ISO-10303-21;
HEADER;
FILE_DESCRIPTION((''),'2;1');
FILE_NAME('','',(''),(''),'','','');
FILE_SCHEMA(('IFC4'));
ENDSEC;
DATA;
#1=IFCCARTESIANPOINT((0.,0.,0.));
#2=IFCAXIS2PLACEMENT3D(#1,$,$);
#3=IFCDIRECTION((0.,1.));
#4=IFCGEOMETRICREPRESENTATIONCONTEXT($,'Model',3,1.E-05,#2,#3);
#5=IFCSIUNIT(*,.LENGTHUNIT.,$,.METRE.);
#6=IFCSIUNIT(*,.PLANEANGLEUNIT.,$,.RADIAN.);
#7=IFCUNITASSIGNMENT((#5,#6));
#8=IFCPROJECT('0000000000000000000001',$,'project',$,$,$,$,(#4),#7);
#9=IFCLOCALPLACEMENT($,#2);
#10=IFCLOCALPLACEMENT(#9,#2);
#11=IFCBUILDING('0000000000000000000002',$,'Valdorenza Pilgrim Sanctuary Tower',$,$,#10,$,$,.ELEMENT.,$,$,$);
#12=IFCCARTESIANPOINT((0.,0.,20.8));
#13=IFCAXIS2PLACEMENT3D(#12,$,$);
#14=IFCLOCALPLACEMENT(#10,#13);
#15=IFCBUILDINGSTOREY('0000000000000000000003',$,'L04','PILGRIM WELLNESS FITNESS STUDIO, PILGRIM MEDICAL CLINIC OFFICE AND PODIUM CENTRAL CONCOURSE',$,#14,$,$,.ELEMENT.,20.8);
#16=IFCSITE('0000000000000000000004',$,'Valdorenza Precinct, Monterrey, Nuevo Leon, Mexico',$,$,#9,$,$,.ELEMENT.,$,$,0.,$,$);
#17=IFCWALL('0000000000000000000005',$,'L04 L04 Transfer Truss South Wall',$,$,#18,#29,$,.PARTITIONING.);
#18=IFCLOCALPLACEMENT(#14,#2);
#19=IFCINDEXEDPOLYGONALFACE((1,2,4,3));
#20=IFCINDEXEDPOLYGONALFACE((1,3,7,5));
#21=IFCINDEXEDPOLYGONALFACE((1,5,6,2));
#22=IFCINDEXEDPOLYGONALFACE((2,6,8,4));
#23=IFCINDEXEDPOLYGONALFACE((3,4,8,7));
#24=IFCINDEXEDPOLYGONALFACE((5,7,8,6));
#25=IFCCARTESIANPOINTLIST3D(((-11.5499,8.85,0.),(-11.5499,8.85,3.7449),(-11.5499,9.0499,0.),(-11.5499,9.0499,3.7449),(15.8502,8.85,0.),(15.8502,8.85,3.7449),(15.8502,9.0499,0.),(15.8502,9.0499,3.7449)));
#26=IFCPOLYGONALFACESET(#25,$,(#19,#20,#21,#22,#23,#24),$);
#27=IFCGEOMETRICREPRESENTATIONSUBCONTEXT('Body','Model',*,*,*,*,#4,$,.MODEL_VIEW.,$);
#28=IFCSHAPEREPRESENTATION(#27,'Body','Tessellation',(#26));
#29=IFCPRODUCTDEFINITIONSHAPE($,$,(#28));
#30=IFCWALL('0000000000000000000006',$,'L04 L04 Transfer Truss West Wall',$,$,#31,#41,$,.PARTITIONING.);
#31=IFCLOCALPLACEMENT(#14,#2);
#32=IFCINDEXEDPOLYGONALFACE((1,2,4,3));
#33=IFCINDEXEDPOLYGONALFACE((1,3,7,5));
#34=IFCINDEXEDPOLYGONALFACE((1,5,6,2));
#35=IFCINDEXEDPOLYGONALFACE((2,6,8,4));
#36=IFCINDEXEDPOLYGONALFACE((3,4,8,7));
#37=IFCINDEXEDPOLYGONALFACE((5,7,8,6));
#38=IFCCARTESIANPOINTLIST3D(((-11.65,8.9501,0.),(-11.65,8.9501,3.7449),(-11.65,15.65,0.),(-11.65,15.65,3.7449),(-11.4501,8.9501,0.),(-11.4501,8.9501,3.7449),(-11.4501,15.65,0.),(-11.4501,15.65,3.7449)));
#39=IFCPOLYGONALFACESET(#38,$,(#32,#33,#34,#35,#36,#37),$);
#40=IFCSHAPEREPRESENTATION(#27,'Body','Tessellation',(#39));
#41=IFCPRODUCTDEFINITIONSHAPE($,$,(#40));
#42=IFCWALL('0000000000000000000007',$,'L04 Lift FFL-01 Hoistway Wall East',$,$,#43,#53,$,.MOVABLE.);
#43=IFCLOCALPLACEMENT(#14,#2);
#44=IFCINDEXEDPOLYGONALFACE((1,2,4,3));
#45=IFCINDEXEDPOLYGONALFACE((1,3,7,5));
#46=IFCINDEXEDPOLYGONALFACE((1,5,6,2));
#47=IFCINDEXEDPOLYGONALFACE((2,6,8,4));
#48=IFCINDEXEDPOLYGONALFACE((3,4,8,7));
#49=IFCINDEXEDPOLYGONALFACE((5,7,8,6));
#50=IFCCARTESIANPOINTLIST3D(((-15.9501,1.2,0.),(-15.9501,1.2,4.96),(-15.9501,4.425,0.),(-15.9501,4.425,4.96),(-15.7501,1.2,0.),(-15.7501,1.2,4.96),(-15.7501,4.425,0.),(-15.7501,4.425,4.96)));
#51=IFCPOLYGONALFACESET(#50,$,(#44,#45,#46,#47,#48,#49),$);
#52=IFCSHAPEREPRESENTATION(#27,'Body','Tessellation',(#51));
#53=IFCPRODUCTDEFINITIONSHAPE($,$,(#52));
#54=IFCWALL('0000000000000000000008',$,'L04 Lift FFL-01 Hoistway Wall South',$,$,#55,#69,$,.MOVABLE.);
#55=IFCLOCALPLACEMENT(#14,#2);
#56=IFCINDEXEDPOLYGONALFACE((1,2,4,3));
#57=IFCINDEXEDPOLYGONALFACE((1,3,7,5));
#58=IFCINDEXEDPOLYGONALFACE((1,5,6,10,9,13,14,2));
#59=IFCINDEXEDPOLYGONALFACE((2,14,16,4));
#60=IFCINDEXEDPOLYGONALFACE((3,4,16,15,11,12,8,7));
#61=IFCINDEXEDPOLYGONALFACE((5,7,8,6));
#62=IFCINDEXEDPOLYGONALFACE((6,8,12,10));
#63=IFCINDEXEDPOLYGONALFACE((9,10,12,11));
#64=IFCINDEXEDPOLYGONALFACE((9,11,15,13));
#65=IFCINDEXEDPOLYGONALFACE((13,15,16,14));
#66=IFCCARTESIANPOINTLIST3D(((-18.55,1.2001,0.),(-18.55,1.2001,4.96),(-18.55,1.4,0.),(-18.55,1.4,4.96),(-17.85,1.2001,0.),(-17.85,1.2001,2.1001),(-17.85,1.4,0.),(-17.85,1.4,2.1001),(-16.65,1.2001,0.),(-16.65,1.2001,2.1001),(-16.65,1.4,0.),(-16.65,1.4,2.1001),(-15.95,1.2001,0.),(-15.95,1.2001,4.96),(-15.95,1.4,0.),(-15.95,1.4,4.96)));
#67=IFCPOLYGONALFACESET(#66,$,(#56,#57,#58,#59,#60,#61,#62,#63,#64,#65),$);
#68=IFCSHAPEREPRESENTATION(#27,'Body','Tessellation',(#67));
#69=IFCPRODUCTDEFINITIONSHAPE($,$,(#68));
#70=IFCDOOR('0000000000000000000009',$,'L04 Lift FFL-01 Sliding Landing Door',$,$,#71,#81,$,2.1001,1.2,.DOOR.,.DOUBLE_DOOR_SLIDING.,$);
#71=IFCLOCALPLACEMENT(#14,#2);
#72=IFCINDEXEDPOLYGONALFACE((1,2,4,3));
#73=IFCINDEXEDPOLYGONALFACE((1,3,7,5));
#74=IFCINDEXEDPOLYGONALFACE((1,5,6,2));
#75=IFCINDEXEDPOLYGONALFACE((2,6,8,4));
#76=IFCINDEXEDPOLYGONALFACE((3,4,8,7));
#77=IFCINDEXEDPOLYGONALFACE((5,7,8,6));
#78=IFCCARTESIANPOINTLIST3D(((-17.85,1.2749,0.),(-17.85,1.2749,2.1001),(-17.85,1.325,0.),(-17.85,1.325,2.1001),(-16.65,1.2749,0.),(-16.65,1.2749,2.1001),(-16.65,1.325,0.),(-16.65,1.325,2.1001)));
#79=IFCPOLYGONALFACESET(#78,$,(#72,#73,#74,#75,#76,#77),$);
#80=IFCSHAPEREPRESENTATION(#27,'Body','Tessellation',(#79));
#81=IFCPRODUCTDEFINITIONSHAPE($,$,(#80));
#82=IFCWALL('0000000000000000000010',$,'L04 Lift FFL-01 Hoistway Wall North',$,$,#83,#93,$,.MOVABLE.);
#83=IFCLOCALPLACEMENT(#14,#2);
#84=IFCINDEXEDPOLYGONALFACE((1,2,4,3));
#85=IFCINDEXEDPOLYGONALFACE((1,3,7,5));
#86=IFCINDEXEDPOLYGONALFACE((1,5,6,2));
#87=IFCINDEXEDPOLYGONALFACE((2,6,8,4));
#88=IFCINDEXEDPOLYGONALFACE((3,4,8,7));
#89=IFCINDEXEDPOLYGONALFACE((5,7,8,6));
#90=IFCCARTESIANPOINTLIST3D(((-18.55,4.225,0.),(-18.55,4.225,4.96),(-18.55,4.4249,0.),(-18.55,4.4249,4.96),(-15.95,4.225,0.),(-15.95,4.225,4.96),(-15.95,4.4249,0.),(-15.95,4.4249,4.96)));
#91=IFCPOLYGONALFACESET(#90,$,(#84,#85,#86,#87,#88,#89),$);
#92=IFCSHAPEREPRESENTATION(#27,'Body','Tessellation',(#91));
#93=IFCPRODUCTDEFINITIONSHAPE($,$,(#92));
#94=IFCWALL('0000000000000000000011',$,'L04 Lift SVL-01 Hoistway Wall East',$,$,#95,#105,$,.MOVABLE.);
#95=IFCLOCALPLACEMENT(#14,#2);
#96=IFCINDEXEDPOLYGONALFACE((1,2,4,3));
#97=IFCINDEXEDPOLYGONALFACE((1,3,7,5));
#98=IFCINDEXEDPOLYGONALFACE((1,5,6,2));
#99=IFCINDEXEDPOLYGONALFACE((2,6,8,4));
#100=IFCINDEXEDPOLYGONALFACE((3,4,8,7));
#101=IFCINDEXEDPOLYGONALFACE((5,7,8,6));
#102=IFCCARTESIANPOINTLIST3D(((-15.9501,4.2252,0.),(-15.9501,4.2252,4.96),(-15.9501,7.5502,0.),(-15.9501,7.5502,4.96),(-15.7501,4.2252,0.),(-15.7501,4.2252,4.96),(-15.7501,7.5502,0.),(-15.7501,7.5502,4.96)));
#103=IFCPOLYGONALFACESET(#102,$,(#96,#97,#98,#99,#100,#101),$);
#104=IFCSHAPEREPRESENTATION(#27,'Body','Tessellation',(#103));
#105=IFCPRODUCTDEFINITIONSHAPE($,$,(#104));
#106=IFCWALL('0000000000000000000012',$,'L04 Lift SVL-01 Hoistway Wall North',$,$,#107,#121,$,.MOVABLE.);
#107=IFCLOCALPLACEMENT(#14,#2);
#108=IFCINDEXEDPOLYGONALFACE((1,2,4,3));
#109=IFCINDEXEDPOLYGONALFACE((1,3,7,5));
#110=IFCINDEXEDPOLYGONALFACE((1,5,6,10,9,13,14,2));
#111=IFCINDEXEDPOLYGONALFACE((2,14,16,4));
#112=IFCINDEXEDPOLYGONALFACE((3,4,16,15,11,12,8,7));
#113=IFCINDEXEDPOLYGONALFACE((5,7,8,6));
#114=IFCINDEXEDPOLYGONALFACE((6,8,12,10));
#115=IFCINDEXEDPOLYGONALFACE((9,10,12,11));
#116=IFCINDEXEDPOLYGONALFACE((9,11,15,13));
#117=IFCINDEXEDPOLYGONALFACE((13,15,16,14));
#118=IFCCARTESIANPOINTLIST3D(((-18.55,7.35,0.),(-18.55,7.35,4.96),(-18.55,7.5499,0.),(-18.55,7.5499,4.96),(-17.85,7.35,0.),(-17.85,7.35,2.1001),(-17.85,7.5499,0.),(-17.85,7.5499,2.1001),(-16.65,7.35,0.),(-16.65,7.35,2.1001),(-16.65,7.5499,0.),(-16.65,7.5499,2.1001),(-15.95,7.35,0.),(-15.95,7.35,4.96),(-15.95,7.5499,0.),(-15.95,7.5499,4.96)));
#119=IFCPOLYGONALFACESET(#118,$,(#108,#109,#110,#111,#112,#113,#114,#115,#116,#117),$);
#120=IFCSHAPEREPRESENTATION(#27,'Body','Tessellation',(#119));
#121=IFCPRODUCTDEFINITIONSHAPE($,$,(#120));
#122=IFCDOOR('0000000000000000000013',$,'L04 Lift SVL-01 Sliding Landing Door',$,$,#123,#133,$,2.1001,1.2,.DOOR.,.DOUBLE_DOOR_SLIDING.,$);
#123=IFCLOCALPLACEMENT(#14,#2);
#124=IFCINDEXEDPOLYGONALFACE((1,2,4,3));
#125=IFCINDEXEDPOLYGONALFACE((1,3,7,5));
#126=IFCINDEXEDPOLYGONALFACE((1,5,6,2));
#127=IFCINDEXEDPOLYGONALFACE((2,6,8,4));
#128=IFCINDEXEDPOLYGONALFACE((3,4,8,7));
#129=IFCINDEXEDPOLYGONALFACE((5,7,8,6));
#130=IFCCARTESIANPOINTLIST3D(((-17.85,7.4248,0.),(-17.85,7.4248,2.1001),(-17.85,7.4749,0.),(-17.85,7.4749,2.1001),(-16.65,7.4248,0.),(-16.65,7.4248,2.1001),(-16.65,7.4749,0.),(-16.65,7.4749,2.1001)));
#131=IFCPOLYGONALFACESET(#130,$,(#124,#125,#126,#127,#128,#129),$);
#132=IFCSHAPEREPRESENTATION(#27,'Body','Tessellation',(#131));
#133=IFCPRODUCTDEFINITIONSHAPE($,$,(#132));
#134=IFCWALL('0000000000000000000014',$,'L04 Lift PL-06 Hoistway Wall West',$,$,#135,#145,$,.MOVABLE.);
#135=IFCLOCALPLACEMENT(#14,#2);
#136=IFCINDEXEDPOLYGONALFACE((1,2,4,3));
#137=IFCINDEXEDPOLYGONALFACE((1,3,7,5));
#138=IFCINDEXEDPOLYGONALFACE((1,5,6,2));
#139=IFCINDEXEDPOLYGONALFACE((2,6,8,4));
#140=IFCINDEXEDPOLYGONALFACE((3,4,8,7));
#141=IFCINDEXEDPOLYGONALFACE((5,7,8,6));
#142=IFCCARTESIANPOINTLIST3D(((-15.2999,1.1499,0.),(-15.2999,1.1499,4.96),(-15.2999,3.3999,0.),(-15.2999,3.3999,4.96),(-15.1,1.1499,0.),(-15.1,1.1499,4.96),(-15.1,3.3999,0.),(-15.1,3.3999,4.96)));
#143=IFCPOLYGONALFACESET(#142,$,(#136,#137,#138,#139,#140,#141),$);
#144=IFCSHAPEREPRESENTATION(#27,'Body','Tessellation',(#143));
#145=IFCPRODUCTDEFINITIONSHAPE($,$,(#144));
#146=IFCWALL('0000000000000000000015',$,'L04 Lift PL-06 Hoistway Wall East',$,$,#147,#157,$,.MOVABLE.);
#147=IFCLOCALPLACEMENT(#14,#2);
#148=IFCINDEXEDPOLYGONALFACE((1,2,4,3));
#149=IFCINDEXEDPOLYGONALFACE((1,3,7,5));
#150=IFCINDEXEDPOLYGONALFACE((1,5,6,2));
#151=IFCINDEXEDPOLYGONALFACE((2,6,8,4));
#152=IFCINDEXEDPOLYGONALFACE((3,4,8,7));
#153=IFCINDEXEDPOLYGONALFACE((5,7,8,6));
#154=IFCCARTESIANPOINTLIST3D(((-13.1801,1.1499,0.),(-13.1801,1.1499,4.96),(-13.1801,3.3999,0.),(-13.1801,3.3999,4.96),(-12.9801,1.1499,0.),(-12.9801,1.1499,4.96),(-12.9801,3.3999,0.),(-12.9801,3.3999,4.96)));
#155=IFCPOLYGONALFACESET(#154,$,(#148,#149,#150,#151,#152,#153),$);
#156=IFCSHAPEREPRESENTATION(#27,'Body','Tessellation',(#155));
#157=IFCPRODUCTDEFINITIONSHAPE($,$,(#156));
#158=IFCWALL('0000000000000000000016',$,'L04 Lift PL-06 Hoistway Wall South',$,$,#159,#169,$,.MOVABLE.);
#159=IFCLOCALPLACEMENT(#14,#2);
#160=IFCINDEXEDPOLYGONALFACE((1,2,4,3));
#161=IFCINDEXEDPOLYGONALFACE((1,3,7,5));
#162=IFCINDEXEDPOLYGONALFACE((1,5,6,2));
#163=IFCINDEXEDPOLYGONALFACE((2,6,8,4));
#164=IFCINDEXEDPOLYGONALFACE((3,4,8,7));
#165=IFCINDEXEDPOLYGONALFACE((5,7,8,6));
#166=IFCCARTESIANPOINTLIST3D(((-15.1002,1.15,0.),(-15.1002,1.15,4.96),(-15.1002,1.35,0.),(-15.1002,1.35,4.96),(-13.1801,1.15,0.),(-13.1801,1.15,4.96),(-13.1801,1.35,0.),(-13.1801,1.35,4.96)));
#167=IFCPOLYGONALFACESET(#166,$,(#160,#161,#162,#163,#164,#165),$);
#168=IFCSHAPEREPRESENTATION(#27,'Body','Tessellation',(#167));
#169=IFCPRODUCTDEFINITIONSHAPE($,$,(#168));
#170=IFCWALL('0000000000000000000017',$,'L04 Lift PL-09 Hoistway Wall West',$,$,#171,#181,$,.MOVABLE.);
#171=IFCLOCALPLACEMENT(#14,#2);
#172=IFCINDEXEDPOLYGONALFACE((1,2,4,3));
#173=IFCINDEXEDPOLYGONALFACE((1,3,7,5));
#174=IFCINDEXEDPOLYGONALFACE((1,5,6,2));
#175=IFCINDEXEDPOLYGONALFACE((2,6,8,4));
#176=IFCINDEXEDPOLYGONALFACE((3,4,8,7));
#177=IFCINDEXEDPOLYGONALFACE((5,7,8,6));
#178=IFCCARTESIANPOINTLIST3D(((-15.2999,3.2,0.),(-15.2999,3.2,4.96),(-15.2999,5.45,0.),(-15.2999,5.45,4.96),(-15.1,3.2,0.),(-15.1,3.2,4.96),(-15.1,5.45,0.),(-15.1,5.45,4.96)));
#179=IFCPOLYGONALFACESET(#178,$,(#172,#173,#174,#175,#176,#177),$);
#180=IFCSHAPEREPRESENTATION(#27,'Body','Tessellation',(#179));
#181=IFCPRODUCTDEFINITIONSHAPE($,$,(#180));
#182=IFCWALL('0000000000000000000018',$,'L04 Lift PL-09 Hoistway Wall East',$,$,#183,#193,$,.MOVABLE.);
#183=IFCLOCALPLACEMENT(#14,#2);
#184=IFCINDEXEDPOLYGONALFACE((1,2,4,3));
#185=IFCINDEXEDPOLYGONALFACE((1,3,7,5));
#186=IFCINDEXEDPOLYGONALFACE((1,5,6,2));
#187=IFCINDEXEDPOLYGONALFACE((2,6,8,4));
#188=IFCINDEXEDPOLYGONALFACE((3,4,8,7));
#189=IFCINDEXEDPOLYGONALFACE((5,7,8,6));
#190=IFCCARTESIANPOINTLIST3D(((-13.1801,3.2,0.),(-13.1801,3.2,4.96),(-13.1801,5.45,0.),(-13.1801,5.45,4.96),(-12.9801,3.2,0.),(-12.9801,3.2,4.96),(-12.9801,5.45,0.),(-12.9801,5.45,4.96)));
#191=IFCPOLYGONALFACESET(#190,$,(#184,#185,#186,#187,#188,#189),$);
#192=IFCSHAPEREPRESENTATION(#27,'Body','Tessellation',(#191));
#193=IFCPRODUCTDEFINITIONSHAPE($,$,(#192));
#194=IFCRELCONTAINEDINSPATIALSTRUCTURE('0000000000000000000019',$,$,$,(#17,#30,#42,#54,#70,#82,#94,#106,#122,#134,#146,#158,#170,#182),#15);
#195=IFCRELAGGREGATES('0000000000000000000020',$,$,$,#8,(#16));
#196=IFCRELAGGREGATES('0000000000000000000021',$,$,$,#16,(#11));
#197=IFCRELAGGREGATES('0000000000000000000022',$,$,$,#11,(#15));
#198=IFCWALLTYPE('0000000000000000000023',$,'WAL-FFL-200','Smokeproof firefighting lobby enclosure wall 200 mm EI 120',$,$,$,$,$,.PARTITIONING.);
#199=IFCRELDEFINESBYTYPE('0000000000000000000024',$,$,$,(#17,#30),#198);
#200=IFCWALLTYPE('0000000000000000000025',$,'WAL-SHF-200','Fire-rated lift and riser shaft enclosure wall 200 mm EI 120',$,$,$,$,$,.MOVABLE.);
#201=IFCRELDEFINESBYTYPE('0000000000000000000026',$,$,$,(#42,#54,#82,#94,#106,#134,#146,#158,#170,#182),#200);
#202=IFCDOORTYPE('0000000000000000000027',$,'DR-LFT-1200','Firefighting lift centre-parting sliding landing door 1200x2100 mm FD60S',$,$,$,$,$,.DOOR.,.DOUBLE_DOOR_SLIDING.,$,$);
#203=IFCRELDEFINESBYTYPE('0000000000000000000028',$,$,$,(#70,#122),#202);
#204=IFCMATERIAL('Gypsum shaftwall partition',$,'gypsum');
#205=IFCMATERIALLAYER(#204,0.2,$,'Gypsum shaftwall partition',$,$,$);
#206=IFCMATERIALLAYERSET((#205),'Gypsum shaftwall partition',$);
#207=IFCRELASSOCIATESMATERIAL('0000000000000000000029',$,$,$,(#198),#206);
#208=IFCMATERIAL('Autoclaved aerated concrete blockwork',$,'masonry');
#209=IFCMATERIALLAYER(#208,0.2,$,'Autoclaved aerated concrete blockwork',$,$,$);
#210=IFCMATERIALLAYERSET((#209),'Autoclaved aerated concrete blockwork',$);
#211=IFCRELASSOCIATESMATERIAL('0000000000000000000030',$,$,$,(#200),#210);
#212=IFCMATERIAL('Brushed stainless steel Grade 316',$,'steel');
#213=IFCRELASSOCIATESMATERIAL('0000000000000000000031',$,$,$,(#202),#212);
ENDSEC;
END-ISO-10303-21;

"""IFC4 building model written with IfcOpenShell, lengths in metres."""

from ifc_helpers import new_model, si_unit, direction, frame, frame_2d, origin, place, context, subcontext, project, spatial, rectangle, extrude, material, layer, layer_set, type_object, element, fill, save


model = new_model("IFC4")

# Units and contexts
model_context = context("Model", 3, precision=1e-05, world=origin(), true_north=direction((0.0, 1.0)))
body_context = subcontext(model_context, "Body", "Model", "MODEL_VIEW")
ifc_project = project(units=[si_unit("LENGTHUNIT", "METRE"), si_unit("PLANEANGLEUNIT", "RADIAN")], contexts=[model_context])

# Site, building, storey
site_placement = place(None, origin())
site = spatial("IfcSite", under=ifc_project, at=site_placement, Name="Valdorenza Precinct, Monterrey, Nuevo Leon, Mexico", CompositionType="ELEMENT", RefElevation=0.0)
building_placement = place(site_placement, origin())
building = spatial("IfcBuilding", under=site, at=building_placement, Name="Valdorenza Pilgrim Sanctuary Tower", CompositionType="ELEMENT")
storey_placement = place(building_placement, frame((0.0, 0.0, 20.8)))
storey = spatial("IfcBuildingStorey", under=building, at=storey_placement, Name="L04", Description="PILGRIM WELLNESS FITNESS STUDIO, PILGRIM MEDICAL CLINIC OFFICE AND PODIUM CENTRAL CONCOURSE", CompositionType="ELEMENT", Elevation=20.8)

# Walls
ifc_material_1 = material(Name="Gypsum shaftwall partition", Category="gypsum")
ifc_layer_1 = layer(ifc_material_1, 0.2, Name="Gypsum shaftwall partition")
ifc_layer_set_1 = layer_set([ifc_layer_1], Name="Gypsum shaftwall partition")
wall_type_1 = type_object("IfcWallType", Name="WAL-FFL-200", Description="Smokeproof firefighting lobby enclosure wall 200 mm EI 120", PredefinedType="PARTITIONING", material=ifc_layer_set_1)
wall_1_placement = place(storey_placement, frame((-11.55, 8.95, 0.0), z_axis=(0.0, 0.0, 1.0), x_axis=(1.0, 0.0, 0.0)))
element("IfcWall", 1, at=wall_1_placement, inside=storey, type_object=wall_type_1, Name="L04 L04 Transfer Truss South Wall", PredefinedType="PARTITIONING", context=body_context, shape_type="SweptSolid", body=[
    extrude(rectangle(XDim=27.4001, YDim=0.2, at=frame_2d((13.7002, 0.0))), origin(), (0.0, 0.0, 1.0), 3.7449),
])
wall_2_placement = place(storey_placement, frame((-11.55, 8.95, 0.0), z_axis=(0.0, 0.0, 1.0), x_axis=(0.0, 1.0, 0.0)))
element("IfcWall", 2, at=wall_2_placement, inside=storey, type_object=wall_type_1, Name="L04 L04 Transfer Truss West Wall", PredefinedType="PARTITIONING", context=body_context, shape_type="SweptSolid", body=[
    extrude(rectangle(XDim=6.7, YDim=0.2, at=frame_2d((3.3501, 0.0))), origin(), (0.0, 0.0, 1.0), 3.7449),
])
ifc_material_2 = material(Name="Autoclaved aerated concrete blockwork", Category="masonry")
ifc_layer_2 = layer(ifc_material_2, 0.2, Name="Autoclaved aerated concrete blockwork")
ifc_layer_set_2 = layer_set([ifc_layer_2], Name="Autoclaved aerated concrete blockwork")
wall_type_2 = type_object("IfcWallType", Name="WAL-SHF-200", Description="Fire-rated lift and riser shaft enclosure wall 200 mm EI 120", PredefinedType="MOVABLE", material=ifc_layer_set_2)
wall_3_placement = place(storey_placement, frame((-15.8501, 1.2, 0.0), z_axis=(0.0, 0.0, 1.0), x_axis=(0.0, 1.0, 0.0)))
element("IfcWall", 3, at=wall_3_placement, inside=storey, type_object=wall_type_2, Name="L04 Lift FFL-01 Hoistway Wall East", PredefinedType="MOVABLE", context=body_context, shape_type="SweptSolid", body=[
    extrude(rectangle(XDim=3.2251, YDim=0.2, at=frame_2d((1.6125, 0.0))), origin(), (0.0, 0.0, 1.0), 4.96),
])

# Wall, opening, door
wall_4_placement = place(storey_placement, frame((-18.55, 1.3, 0.0), z_axis=(0.0, 0.0, 1.0), x_axis=(1.0, 0.0, 0.0)))
wall_4 = element("IfcWall", 4, at=wall_4_placement, inside=storey, type_object=wall_type_2, Name="L04 Lift FFL-01 Hoistway Wall South", PredefinedType="MOVABLE", context=body_context, shape_type="SweptSolid", body=[
    extrude(rectangle(XDim=2.6001, YDim=0.2, at=frame_2d((1.3, 0.0))), origin(), (0.0, 0.0, 1.0), 4.96),
])
opening_1_placement = place(wall_4_placement, frame((0.7, 0.0, 0.0)))
opening_1 = element("IfcOpeningElement", 5, at=opening_1_placement, cuts=wall_4, PredefinedType="OPENING", context=body_context, shape_type="SweptSolid", body=[
    extrude(rectangle(XDim=1.2, YDim=2.1001, at=frame_2d((0.6001, 1.05))), frame((0.0, 0.1147, 0.0), z_axis=(0.0, -1.0, 0.0), x_axis=(1.0, 0.0, 0.0)), (0.0, 0.0, 1.0), 0.2297),
])
ifc_material_3 = material(Name="Brushed stainless steel Grade 316", Category="steel")
door_type_1 = type_object("IfcDoorType", Name="DR-LFT-1200", Description="Firefighting lift centre-parting sliding landing door 1200x2100 mm FD60S", OperationType="DOUBLE_DOOR_SLIDING", PredefinedType="DOOR", material=ifc_material_3)
door_1_placement = place(opening_1_placement, origin())
door_1 = element("IfcDoor", 6, at=door_1_placement, inside=storey, type_object=door_type_1, Name="L04 Lift FFL-01 Sliding Landing Door", OperationType="DOUBLE_DOOR_SLIDING", OverallHeight=2.1001, OverallWidth=1.2, PredefinedType="DOOR", context=body_context, shape_type="SweptSolid", body=[
    extrude(rectangle(XDim=1.2, YDim=2.1001, at=frame_2d((0.6001, 1.05))), frame((0.0, 0.0249, 0.0), z_axis=(0.0, -1.0, 0.0), x_axis=(1.0, 0.0, 0.0)), (0.0, 0.0, 1.0), 0.05),
])
fill(opening_1, door_1)

# Walls
wall_5_placement = place(storey_placement, frame((-18.55, 4.325, 0.0), z_axis=(0.0, 0.0, 1.0), x_axis=(1.0, 0.0, 0.0)))
element("IfcWall", 7, at=wall_5_placement, inside=storey, type_object=wall_type_2, Name="L04 Lift FFL-01 Hoistway Wall North", PredefinedType="MOVABLE", context=body_context, shape_type="SweptSolid", body=[
    extrude(rectangle(XDim=2.6001, YDim=0.2, at=frame_2d((1.3, 0.0))), origin(), (0.0, 0.0, 1.0), 4.96),
])
wall_6_placement = place(storey_placement, frame((-15.8501, 4.2251, 0.0), z_axis=(0.0, 0.0, 1.0), x_axis=(0.0, 1.0, 0.0)))
element("IfcWall", 8, at=wall_6_placement, inside=storey, type_object=wall_type_2, Name="L04 Lift SVL-01 Hoistway Wall East", PredefinedType="MOVABLE", context=body_context, shape_type="SweptSolid", body=[
    extrude(rectangle(XDim=3.325, YDim=0.2, at=frame_2d((1.6626, 0.0))), origin(), (0.0, 0.0, 1.0), 4.96),
])

# Wall, opening, door
wall_7_placement = place(storey_placement, frame((-18.55, 7.45, 0.0), z_axis=(0.0, 0.0, 1.0), x_axis=(1.0, 0.0, 0.0)))
wall_7 = element("IfcWall", 9, at=wall_7_placement, inside=storey, type_object=wall_type_2, Name="L04 Lift SVL-01 Hoistway Wall North", PredefinedType="MOVABLE", context=body_context, shape_type="SweptSolid", body=[
    extrude(rectangle(XDim=2.6001, YDim=0.2, at=frame_2d((1.3, 0.0))), origin(), (0.0, 0.0, 1.0), 4.96),
])
opening_2_placement = place(wall_7_placement, frame((0.7, 0.0, 0.0)))
opening_2 = element("IfcOpeningElement", 10, at=opening_2_placement, cuts=wall_7, PredefinedType="OPENING", context=body_context, shape_type="SweptSolid", body=[
    extrude(rectangle(XDim=1.2, YDim=2.1001, at=frame_2d((0.6001, 1.05))), frame((0.0, 0.1147, 0.0), z_axis=(0.0, -1.0, 0.0), x_axis=(1.0, 0.0, 0.0)), (0.0, 0.0, 1.0), 0.2297),
])
door_2_placement = place(opening_2_placement, origin())
door_2 = element("IfcDoor", 11, at=door_2_placement, inside=storey, type_object=door_type_1, Name="L04 Lift SVL-01 Sliding Landing Door", OperationType="DOUBLE_DOOR_SLIDING", OverallHeight=2.1001, OverallWidth=1.2, PredefinedType="DOOR", context=body_context, shape_type="SweptSolid", body=[
    extrude(rectangle(XDim=1.2, YDim=2.1001, at=frame_2d((0.6001, 1.05))), frame((0.0, 0.0249, 0.0), z_axis=(0.0, -1.0, 0.0), x_axis=(1.0, 0.0, 0.0)), (0.0, 0.0, 1.0), 0.05),
])
fill(opening_2, door_2)

# Walls
for number, where, z_axis, x_axis, name in (
    (12, (-15.2, 1.1499, 0.0), (0.0, 0.0, 1.0), (0.0, 1.0, 0.0), "L04 Lift PL-06 Hoistway Wall West"),
    (13, (-13.0801, 1.1499, 0.0), (0.0, 0.0, 1.0), (0.0, 1.0, 0.0), "L04 Lift PL-06 Hoistway Wall East"),
):
    element("IfcWall", number, at=place(storey_placement, frame(where, z_axis=z_axis, x_axis=x_axis)), inside=storey, type_object=wall_type_2, Name=name, PredefinedType="MOVABLE", context=body_context, shape_type="SweptSolid", body=[
        extrude(rectangle(XDim=2.25, YDim=0.2, at=frame_2d((1.125, 0.0))), origin(), (0.0, 0.0, 1.0), 4.96),
    ])
wall_8_placement = place(storey_placement, frame((-15.1001, 1.25, 0.0), z_axis=(0.0, 0.0, 1.0), x_axis=(1.0, 0.0, 0.0)))
element("IfcWall", 14, at=wall_8_placement, inside=storey, type_object=wall_type_2, Name="L04 Lift PL-06 Hoistway Wall South", PredefinedType="MOVABLE", context=body_context, shape_type="SweptSolid", body=[
    extrude(rectangle(XDim=1.9202, YDim=0.2, at=frame_2d((0.96, 0.0))), origin(), (0.0, 0.0, 1.0), 4.96),
])
for number, where, z_axis, x_axis, name in (
    (15, (-15.2, 3.2, 0.0), (0.0, 0.0, 1.0), (0.0, 1.0, 0.0), "L04 Lift PL-09 Hoistway Wall West"),
    (16, (-13.0801, 3.2, 0.0), (0.0, 0.0, 1.0), (0.0, 1.0, 0.0), "L04 Lift PL-09 Hoistway Wall East"),
):
    element("IfcWall", number, at=place(storey_placement, frame(where, z_axis=z_axis, x_axis=x_axis)), inside=storey, type_object=wall_type_2, Name=name, PredefinedType="MOVABLE", context=body_context, shape_type="SweptSolid", body=[
        extrude(rectangle(XDim=2.25, YDim=0.2, at=frame_2d((1.125, 0.0))), origin(), (0.0, 0.0, 1.0), 4.96),
    ])

save(model, "model.ifc")
